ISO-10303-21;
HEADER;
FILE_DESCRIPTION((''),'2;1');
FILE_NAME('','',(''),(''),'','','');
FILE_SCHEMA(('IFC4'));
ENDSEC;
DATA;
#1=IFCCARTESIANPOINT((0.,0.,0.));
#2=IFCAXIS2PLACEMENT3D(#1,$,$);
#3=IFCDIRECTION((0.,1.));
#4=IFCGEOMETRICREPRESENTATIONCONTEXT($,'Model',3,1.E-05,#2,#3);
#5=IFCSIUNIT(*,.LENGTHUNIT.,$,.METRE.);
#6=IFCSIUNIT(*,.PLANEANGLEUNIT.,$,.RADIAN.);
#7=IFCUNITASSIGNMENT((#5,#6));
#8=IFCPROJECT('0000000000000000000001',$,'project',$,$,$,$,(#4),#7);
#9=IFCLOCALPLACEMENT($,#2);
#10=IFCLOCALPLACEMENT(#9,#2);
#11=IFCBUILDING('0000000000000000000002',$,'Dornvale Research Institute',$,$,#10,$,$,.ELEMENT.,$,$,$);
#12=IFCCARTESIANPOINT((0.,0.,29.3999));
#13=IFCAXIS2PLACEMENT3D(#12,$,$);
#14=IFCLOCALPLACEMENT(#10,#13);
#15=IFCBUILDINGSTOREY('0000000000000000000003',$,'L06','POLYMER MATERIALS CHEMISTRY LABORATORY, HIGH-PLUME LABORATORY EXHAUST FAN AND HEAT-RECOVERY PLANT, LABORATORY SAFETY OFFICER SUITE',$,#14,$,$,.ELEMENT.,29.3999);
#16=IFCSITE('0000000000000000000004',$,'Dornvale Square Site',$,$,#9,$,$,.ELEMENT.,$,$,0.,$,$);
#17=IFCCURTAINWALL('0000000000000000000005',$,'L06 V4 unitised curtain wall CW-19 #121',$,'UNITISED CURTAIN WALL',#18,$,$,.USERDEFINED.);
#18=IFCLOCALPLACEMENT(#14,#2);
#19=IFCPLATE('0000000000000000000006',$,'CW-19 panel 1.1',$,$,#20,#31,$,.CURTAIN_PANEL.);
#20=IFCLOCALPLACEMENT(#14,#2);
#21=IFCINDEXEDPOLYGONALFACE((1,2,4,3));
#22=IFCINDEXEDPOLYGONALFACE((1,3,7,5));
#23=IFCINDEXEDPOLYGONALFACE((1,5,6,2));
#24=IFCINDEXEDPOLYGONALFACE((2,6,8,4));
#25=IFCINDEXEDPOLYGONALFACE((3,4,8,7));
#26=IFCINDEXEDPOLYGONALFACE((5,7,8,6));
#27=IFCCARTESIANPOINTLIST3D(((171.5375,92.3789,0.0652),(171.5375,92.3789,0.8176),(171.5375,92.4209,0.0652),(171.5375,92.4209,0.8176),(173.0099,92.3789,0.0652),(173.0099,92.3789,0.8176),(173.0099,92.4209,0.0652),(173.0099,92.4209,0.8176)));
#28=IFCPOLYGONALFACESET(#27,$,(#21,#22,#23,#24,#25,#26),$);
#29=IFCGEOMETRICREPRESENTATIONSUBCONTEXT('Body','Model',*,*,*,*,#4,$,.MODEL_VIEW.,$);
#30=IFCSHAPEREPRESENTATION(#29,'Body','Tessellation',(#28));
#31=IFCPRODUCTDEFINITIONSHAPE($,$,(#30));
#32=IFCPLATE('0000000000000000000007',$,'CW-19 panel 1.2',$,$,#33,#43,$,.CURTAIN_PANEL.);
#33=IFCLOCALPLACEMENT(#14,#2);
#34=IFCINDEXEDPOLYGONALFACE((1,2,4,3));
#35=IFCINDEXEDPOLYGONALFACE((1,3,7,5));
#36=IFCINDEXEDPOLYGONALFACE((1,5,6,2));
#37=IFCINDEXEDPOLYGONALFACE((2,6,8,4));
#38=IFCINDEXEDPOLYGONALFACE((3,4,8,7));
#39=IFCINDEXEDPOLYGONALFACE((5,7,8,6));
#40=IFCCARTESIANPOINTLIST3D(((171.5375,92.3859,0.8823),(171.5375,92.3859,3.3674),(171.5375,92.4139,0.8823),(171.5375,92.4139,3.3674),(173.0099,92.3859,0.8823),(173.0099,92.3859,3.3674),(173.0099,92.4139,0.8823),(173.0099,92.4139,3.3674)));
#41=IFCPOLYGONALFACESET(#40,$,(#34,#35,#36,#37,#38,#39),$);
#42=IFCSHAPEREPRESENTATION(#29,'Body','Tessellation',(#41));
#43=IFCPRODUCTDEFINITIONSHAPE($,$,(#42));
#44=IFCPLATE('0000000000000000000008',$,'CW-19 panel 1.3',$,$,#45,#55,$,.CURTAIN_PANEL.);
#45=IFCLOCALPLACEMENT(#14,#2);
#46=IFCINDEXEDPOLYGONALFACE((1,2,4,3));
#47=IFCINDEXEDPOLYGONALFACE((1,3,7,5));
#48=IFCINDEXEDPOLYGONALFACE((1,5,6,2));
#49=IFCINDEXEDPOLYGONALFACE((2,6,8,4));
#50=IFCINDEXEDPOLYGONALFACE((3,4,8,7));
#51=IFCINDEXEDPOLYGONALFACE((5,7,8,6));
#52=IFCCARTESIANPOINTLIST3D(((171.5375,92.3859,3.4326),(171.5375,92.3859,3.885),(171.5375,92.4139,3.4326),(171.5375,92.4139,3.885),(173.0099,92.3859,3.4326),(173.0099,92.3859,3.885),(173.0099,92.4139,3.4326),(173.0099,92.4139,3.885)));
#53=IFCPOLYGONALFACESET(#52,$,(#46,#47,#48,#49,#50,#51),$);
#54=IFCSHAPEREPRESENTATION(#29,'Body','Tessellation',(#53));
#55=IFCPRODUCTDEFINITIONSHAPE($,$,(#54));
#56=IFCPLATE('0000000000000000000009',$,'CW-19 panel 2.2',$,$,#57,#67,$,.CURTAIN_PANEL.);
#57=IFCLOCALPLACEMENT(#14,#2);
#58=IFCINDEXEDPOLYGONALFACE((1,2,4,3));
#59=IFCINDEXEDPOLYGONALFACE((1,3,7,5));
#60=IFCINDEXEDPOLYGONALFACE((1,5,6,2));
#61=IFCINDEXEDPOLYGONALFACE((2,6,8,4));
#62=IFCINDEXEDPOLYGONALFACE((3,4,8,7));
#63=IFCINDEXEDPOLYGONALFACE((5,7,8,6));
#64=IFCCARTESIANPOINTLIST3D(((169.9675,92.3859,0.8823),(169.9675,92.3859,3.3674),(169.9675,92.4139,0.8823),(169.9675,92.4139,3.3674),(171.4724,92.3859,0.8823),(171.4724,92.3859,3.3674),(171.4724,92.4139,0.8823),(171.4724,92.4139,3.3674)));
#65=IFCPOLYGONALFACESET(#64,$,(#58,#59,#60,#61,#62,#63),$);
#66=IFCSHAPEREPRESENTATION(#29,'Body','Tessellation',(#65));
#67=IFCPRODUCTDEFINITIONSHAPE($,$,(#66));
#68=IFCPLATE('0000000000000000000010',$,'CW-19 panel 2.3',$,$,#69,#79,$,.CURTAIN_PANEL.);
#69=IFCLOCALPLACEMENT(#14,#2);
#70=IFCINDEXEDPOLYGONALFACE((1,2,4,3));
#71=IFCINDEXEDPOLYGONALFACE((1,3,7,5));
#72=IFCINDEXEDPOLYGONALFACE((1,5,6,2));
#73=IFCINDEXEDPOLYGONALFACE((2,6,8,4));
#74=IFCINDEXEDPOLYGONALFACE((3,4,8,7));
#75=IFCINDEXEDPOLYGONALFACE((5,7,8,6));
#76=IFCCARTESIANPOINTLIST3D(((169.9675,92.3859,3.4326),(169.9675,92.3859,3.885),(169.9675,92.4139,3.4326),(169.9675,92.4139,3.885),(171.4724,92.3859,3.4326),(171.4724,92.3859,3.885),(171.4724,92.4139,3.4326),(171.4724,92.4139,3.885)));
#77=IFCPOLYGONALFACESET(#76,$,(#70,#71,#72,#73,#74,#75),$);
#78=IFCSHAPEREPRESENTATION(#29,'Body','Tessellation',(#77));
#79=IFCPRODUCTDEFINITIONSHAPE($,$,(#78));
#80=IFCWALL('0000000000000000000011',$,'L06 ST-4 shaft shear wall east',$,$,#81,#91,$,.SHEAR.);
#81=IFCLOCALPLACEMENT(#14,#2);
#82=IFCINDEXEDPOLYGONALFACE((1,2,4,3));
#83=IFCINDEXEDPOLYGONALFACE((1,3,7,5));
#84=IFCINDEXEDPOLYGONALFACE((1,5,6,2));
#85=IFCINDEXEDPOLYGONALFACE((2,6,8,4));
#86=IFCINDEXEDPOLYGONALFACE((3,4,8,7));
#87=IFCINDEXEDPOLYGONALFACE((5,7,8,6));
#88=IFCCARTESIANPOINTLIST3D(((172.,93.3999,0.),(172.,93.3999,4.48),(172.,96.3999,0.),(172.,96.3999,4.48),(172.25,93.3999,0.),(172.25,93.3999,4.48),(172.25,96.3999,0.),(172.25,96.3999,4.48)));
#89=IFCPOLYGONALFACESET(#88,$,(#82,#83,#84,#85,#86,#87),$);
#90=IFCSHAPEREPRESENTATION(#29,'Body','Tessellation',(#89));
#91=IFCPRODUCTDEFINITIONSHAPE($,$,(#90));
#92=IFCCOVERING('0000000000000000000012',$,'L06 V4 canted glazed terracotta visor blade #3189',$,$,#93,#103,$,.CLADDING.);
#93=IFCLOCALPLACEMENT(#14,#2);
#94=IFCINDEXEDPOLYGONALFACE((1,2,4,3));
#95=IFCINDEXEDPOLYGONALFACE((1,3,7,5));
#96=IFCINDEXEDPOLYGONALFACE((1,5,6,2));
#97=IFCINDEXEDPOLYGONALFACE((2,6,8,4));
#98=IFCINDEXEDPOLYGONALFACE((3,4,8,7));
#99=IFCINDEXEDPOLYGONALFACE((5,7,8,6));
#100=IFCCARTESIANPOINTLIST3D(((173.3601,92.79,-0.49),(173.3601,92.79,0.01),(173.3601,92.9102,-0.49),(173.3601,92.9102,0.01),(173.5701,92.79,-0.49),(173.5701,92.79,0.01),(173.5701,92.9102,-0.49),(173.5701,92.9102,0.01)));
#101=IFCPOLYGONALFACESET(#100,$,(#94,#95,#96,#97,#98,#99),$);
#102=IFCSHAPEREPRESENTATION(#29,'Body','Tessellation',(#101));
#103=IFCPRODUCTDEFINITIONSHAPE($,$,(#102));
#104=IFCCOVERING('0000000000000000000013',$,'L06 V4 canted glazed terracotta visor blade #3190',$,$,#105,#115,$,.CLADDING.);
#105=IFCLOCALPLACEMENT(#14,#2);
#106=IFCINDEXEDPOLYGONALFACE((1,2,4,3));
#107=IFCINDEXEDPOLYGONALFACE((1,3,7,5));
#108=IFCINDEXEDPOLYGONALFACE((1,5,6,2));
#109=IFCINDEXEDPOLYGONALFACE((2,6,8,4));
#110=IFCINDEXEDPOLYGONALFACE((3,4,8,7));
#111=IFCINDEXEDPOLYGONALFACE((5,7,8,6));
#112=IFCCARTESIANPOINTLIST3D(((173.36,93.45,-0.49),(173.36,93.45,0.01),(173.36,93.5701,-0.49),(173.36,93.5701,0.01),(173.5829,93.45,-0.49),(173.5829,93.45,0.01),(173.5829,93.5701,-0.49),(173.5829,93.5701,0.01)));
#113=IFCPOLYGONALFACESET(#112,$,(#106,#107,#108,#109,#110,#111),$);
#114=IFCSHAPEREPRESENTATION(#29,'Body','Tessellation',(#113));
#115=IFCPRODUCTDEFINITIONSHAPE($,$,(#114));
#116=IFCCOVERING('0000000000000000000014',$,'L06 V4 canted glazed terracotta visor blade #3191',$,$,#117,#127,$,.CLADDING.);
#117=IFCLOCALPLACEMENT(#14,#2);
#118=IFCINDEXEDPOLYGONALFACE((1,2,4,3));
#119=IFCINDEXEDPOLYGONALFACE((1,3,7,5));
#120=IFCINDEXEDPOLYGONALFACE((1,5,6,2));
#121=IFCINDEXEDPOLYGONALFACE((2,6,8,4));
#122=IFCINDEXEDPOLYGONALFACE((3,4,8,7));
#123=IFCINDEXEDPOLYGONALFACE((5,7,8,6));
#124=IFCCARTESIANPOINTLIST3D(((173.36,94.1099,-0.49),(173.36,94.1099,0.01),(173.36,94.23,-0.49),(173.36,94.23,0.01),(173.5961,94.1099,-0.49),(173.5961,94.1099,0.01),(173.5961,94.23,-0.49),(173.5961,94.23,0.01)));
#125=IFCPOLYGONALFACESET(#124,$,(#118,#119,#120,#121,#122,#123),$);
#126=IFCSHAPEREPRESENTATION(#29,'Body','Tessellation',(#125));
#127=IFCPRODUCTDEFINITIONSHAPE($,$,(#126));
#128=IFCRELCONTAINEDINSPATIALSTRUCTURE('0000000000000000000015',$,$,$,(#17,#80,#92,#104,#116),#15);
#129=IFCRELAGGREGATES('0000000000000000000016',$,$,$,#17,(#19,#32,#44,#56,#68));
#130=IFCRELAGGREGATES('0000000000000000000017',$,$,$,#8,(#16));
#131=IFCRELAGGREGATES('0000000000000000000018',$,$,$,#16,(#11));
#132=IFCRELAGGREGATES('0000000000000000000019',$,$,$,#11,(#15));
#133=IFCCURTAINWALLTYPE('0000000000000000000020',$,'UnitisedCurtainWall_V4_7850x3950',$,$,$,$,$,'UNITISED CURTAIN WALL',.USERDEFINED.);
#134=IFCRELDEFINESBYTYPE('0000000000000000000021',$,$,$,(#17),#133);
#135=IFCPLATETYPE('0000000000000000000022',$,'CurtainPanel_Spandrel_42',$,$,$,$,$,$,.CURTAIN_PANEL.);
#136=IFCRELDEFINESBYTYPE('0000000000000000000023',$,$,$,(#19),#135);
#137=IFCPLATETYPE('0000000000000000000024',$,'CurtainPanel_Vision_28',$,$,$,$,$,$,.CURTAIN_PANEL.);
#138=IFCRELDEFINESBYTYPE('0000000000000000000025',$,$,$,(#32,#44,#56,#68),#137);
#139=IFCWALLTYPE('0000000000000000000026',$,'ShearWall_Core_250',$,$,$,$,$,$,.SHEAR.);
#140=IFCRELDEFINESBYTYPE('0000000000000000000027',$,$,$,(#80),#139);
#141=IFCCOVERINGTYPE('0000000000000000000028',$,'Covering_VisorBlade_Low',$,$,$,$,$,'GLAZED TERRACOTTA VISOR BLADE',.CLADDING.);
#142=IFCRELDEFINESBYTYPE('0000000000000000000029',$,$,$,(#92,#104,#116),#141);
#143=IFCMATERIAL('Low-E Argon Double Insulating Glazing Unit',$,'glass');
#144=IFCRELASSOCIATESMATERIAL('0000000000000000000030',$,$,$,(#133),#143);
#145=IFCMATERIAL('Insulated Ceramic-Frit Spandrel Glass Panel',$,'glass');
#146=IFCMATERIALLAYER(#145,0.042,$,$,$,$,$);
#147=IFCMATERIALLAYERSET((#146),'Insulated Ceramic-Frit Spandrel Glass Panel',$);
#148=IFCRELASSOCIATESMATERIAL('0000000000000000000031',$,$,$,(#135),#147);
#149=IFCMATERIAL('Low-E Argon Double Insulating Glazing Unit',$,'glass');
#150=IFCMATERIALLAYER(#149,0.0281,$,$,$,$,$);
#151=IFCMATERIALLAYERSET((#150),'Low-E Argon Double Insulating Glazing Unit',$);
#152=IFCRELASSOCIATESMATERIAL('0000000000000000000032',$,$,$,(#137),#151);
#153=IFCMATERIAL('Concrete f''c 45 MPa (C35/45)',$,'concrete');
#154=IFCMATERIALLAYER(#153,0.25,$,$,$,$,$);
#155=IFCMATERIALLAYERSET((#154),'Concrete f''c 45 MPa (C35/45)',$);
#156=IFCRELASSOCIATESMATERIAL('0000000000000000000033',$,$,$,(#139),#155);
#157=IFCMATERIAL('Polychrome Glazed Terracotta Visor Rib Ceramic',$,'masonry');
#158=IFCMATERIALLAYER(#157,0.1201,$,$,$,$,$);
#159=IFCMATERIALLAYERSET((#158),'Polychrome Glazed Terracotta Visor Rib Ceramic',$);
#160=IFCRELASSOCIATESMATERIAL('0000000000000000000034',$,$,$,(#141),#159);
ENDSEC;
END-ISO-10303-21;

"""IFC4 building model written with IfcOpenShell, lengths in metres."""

from ifc_helpers import new_model, si_unit, direction, frame, frame_2d, origin, origin_2d, place, context, subcontext, project, spatial, rectangle, extrude, material, layer, layer_set, type_object, element, aggregate, save


model = new_model("IFC4")

# Units and contexts
model_context = context("Model", 3, precision=1e-05, world=origin(), true_north=direction((0.0, 1.0)))
body_context = subcontext(model_context, "Body", "Model", "MODEL_VIEW")
ifc_project = project(units=[si_unit("LENGTHUNIT", "METRE"), si_unit("PLANEANGLEUNIT", "RADIAN")], contexts=[model_context])

# Site, building, storey
site_placement = place(None, origin())
site = spatial("IfcSite", under=ifc_project, at=site_placement, Name="Dornvale Square Site", CompositionType="ELEMENT", RefElevation=0.0)
building_placement = place(site_placement, origin())
building = spatial("IfcBuilding", under=site, at=building_placement, Name="Dornvale Research Institute", CompositionType="ELEMENT")
storey_placement = place(building_placement, frame((0.0, 0.0, 29.3999)))
storey = spatial("IfcBuildingStorey", under=building, at=storey_placement, Name="L06", Description="POLYMER MATERIALS CHEMISTRY LABORATORY, HIGH-PLUME LABORATORY EXHAUST FAN AND HEAT-RECOVERY PLANT, LABORATORY SAFETY OFFICER SUITE", CompositionType="ELEMENT", Elevation=29.3999)

# Curtain wall
ifc_material_1 = material(Name="Low-E Argon Double Insulating Glazing Unit", Category="glass")
curtain_wall_type = type_object("IfcCurtainWallType", Name="UnitisedCurtainWall_V4_7850x3950", ElementType="UNITISED CURTAIN WALL", PredefinedType="USERDEFINED", material=ifc_material_1)
curtain_wall_placement = place(storey_placement, origin())
curtain_wall = element("IfcCurtainWall", 1, at=curtain_wall_placement, inside=storey, type_object=curtain_wall_type, Name="L06 V4 unitised curtain wall CW-19 #121", ObjectType="UNITISED CURTAIN WALL", PredefinedType="USERDEFINED")

# Plates
ifc_material_2 = material(Name="Insulated Ceramic-Frit Spandrel Glass Panel", Category="glass")
ifc_layer_1 = layer(ifc_material_2, 0.042)
ifc_layer_set_1 = layer_set([ifc_layer_1], Name="Insulated Ceramic-Frit Spandrel Glass Panel")
plate_type_1 = type_object("IfcPlateType", Name="CurtainPanel_Spandrel_42", PredefinedType="CURTAIN_PANEL", material=ifc_layer_set_1)
plate_1_placement = place(storey_placement, frame((172.2737, 92.3999, 0.0652), z_axis=(0.0, 0.0, 1.0), x_axis=(-1.0, 0.0, 0.0)))
plate_1 = element("IfcPlate", 2, at=plate_1_placement, type_object=plate_type_1, Name="CW-19 panel 1.1", PredefinedType="CURTAIN_PANEL", context=body_context, shape_type="SweptSolid", body=[
    extrude(rectangle(XDim=1.4724, YDim=0.042, at=origin_2d()), origin(), (0.0, 0.0, 1.0), 0.7524),
])
ifc_material_3 = material(Name="Low-E Argon Double Insulating Glazing Unit", Category="glass")
ifc_layer_2 = layer(ifc_material_3, 0.0281)
ifc_layer_set_2 = layer_set([ifc_layer_2], Name="Low-E Argon Double Insulating Glazing Unit")
plate_type_2 = type_object("IfcPlateType", Name="CurtainPanel_Vision_28", PredefinedType="CURTAIN_PANEL", material=ifc_layer_set_2)
plate_2_placement = place(storey_placement, frame((172.2737, 92.3999, 0.8823), z_axis=(0.0, 0.0, 1.0), x_axis=(-1.0, 0.0, 0.0)))
plate_2 = element("IfcPlate", 3, at=plate_2_placement, type_object=plate_type_2, Name="CW-19 panel 1.2", PredefinedType="CURTAIN_PANEL", context=body_context, shape_type="SweptSolid", body=[
    extrude(rectangle(XDim=1.4724, YDim=0.0281, at=origin_2d()), origin(), (0.0, 0.0, 1.0), 2.4851),
])
plate_3_placement = place(storey_placement, frame((172.2737, 92.3999, 3.4326), z_axis=(0.0, 0.0, 1.0), x_axis=(-1.0, 0.0, 0.0)))
plate_3 = element("IfcPlate", 4, at=plate_3_placement, type_object=plate_type_2, Name="CW-19 panel 1.3", PredefinedType="CURTAIN_PANEL", context=body_context, shape_type="SweptSolid", body=[
    extrude(rectangle(XDim=1.4724, YDim=0.0281, at=origin_2d()), origin(), (0.0, 0.0, 1.0), 0.4524),
])
plate_4_placement = place(storey_placement, frame((170.72, 92.3999, 0.8823), z_axis=(0.0, 0.0, 1.0), x_axis=(-1.0, 0.0, 0.0)))
plate_4 = element("IfcPlate", 5, at=plate_4_placement, type_object=plate_type_2, Name="CW-19 panel 2.2", PredefinedType="CURTAIN_PANEL", context=body_context, shape_type="SweptSolid", body=[
    extrude(rectangle(XDim=1.5049, YDim=0.0281, at=origin_2d()), origin(), (0.0, 0.0, 1.0), 2.4851),
])
plate_5_placement = place(storey_placement, frame((170.72, 92.3999, 3.4326), z_axis=(0.0, 0.0, 1.0), x_axis=(-1.0, 0.0, 0.0)))
plate_5 = element("IfcPlate", 6, at=plate_5_placement, type_object=plate_type_2, Name="CW-19 panel 2.3", PredefinedType="CURTAIN_PANEL", context=body_context, shape_type="SweptSolid", body=[
    extrude(rectangle(XDim=1.5049, YDim=0.0281, at=origin_2d()), origin(), (0.0, 0.0, 1.0), 0.4524),
])
aggregate(curtain_wall, [plate_1, plate_2, plate_3, plate_4, plate_5])

# Wall
ifc_material_4 = material(Name="Concrete f'c 45 MPa (C35/45)", Category="concrete")
ifc_layer_3 = layer(ifc_material_4, 0.25)
ifc_layer_set_3 = layer_set([ifc_layer_3], Name="Concrete f'c 45 MPa (C35/45)")
wall_type = type_object("IfcWallType", Name="ShearWall_Core_250", PredefinedType="SHEAR", material=ifc_layer_set_3)
wall_placement = place(storey_placement, frame((172.125, 93.3999, 0.0), z_axis=(0.0, 0.0, 1.0), x_axis=(0.0, 1.0, 0.0)))
element("IfcWall", 7, at=wall_placement, inside=storey, type_object=wall_type, Name="L06 ST-4 shaft shear wall east", PredefinedType="SHEAR", context=body_context, shape_type="SweptSolid", body=[
    extrude(rectangle(XDim=3.0, YDim=0.25, at=frame_2d((1.5, 0.0))), origin(), (0.0, 0.0, 1.0), 4.48),
])

# Coverings
ifc_material_5 = material(Name="Polychrome Glazed Terracotta Visor Rib Ceramic", Category="masonry")
ifc_layer_4 = layer(ifc_material_5, 0.1201)
ifc_layer_set_4 = layer_set([ifc_layer_4], Name="Polychrome Glazed Terracotta Visor Rib Ceramic")
covering_type = type_object("IfcCoveringType", Name="Covering_VisorBlade_Low", ElementType="GLAZED TERRACOTTA VISOR BLADE", PredefinedType="CLADDING", material=ifc_layer_set_4)
covering_1_placement = place(storey_placement, frame((173.4651, 92.8501, -0.49), z_axis=(0.0, 0.0, 1.0), x_axis=(1.0, 0.0, 0.0)))
element("IfcCovering", 8, at=covering_1_placement, inside=storey, type_object=covering_type, Name="L06 V4 canted glazed terracotta visor blade #3189", PredefinedType="CLADDING", context=body_context, shape_type="SweptSolid", body=[
    extrude(rectangle(XDim=0.21, YDim=0.1201, at=origin_2d()), origin(), (0.0, 0.0, 1.0), 0.5),
])
covering_2_placement = place(storey_placement, frame((173.4714, 93.51, -0.49), z_axis=(0.0, 0.0, 1.0), x_axis=(1.0, 0.0, 0.0)))
element("IfcCovering", 9, at=covering_2_placement, inside=storey, type_object=covering_type, Name="L06 V4 canted glazed terracotta visor blade #3190", PredefinedType="CLADDING", context=body_context, shape_type="SweptSolid", body=[
    extrude(rectangle(XDim=0.2229, YDim=0.1201, at=origin_2d()), origin(), (0.0, 0.0, 1.0), 0.5),
])
covering_3_placement = place(storey_placement, frame((173.478, 94.1699, -0.49), z_axis=(0.0, 0.0, 1.0), x_axis=(1.0, 0.0, 0.0)))
element("IfcCovering", 10, at=covering_3_placement, inside=storey, type_object=covering_type, Name="L06 V4 canted glazed terracotta visor blade #3191", PredefinedType="CLADDING", context=body_context, shape_type="SweptSolid", body=[
    extrude(rectangle(XDim=0.2361, YDim=0.1201, at=origin_2d()), origin(), (0.0, 0.0, 1.0), 0.5),
])

save(model, "model.ifc")
